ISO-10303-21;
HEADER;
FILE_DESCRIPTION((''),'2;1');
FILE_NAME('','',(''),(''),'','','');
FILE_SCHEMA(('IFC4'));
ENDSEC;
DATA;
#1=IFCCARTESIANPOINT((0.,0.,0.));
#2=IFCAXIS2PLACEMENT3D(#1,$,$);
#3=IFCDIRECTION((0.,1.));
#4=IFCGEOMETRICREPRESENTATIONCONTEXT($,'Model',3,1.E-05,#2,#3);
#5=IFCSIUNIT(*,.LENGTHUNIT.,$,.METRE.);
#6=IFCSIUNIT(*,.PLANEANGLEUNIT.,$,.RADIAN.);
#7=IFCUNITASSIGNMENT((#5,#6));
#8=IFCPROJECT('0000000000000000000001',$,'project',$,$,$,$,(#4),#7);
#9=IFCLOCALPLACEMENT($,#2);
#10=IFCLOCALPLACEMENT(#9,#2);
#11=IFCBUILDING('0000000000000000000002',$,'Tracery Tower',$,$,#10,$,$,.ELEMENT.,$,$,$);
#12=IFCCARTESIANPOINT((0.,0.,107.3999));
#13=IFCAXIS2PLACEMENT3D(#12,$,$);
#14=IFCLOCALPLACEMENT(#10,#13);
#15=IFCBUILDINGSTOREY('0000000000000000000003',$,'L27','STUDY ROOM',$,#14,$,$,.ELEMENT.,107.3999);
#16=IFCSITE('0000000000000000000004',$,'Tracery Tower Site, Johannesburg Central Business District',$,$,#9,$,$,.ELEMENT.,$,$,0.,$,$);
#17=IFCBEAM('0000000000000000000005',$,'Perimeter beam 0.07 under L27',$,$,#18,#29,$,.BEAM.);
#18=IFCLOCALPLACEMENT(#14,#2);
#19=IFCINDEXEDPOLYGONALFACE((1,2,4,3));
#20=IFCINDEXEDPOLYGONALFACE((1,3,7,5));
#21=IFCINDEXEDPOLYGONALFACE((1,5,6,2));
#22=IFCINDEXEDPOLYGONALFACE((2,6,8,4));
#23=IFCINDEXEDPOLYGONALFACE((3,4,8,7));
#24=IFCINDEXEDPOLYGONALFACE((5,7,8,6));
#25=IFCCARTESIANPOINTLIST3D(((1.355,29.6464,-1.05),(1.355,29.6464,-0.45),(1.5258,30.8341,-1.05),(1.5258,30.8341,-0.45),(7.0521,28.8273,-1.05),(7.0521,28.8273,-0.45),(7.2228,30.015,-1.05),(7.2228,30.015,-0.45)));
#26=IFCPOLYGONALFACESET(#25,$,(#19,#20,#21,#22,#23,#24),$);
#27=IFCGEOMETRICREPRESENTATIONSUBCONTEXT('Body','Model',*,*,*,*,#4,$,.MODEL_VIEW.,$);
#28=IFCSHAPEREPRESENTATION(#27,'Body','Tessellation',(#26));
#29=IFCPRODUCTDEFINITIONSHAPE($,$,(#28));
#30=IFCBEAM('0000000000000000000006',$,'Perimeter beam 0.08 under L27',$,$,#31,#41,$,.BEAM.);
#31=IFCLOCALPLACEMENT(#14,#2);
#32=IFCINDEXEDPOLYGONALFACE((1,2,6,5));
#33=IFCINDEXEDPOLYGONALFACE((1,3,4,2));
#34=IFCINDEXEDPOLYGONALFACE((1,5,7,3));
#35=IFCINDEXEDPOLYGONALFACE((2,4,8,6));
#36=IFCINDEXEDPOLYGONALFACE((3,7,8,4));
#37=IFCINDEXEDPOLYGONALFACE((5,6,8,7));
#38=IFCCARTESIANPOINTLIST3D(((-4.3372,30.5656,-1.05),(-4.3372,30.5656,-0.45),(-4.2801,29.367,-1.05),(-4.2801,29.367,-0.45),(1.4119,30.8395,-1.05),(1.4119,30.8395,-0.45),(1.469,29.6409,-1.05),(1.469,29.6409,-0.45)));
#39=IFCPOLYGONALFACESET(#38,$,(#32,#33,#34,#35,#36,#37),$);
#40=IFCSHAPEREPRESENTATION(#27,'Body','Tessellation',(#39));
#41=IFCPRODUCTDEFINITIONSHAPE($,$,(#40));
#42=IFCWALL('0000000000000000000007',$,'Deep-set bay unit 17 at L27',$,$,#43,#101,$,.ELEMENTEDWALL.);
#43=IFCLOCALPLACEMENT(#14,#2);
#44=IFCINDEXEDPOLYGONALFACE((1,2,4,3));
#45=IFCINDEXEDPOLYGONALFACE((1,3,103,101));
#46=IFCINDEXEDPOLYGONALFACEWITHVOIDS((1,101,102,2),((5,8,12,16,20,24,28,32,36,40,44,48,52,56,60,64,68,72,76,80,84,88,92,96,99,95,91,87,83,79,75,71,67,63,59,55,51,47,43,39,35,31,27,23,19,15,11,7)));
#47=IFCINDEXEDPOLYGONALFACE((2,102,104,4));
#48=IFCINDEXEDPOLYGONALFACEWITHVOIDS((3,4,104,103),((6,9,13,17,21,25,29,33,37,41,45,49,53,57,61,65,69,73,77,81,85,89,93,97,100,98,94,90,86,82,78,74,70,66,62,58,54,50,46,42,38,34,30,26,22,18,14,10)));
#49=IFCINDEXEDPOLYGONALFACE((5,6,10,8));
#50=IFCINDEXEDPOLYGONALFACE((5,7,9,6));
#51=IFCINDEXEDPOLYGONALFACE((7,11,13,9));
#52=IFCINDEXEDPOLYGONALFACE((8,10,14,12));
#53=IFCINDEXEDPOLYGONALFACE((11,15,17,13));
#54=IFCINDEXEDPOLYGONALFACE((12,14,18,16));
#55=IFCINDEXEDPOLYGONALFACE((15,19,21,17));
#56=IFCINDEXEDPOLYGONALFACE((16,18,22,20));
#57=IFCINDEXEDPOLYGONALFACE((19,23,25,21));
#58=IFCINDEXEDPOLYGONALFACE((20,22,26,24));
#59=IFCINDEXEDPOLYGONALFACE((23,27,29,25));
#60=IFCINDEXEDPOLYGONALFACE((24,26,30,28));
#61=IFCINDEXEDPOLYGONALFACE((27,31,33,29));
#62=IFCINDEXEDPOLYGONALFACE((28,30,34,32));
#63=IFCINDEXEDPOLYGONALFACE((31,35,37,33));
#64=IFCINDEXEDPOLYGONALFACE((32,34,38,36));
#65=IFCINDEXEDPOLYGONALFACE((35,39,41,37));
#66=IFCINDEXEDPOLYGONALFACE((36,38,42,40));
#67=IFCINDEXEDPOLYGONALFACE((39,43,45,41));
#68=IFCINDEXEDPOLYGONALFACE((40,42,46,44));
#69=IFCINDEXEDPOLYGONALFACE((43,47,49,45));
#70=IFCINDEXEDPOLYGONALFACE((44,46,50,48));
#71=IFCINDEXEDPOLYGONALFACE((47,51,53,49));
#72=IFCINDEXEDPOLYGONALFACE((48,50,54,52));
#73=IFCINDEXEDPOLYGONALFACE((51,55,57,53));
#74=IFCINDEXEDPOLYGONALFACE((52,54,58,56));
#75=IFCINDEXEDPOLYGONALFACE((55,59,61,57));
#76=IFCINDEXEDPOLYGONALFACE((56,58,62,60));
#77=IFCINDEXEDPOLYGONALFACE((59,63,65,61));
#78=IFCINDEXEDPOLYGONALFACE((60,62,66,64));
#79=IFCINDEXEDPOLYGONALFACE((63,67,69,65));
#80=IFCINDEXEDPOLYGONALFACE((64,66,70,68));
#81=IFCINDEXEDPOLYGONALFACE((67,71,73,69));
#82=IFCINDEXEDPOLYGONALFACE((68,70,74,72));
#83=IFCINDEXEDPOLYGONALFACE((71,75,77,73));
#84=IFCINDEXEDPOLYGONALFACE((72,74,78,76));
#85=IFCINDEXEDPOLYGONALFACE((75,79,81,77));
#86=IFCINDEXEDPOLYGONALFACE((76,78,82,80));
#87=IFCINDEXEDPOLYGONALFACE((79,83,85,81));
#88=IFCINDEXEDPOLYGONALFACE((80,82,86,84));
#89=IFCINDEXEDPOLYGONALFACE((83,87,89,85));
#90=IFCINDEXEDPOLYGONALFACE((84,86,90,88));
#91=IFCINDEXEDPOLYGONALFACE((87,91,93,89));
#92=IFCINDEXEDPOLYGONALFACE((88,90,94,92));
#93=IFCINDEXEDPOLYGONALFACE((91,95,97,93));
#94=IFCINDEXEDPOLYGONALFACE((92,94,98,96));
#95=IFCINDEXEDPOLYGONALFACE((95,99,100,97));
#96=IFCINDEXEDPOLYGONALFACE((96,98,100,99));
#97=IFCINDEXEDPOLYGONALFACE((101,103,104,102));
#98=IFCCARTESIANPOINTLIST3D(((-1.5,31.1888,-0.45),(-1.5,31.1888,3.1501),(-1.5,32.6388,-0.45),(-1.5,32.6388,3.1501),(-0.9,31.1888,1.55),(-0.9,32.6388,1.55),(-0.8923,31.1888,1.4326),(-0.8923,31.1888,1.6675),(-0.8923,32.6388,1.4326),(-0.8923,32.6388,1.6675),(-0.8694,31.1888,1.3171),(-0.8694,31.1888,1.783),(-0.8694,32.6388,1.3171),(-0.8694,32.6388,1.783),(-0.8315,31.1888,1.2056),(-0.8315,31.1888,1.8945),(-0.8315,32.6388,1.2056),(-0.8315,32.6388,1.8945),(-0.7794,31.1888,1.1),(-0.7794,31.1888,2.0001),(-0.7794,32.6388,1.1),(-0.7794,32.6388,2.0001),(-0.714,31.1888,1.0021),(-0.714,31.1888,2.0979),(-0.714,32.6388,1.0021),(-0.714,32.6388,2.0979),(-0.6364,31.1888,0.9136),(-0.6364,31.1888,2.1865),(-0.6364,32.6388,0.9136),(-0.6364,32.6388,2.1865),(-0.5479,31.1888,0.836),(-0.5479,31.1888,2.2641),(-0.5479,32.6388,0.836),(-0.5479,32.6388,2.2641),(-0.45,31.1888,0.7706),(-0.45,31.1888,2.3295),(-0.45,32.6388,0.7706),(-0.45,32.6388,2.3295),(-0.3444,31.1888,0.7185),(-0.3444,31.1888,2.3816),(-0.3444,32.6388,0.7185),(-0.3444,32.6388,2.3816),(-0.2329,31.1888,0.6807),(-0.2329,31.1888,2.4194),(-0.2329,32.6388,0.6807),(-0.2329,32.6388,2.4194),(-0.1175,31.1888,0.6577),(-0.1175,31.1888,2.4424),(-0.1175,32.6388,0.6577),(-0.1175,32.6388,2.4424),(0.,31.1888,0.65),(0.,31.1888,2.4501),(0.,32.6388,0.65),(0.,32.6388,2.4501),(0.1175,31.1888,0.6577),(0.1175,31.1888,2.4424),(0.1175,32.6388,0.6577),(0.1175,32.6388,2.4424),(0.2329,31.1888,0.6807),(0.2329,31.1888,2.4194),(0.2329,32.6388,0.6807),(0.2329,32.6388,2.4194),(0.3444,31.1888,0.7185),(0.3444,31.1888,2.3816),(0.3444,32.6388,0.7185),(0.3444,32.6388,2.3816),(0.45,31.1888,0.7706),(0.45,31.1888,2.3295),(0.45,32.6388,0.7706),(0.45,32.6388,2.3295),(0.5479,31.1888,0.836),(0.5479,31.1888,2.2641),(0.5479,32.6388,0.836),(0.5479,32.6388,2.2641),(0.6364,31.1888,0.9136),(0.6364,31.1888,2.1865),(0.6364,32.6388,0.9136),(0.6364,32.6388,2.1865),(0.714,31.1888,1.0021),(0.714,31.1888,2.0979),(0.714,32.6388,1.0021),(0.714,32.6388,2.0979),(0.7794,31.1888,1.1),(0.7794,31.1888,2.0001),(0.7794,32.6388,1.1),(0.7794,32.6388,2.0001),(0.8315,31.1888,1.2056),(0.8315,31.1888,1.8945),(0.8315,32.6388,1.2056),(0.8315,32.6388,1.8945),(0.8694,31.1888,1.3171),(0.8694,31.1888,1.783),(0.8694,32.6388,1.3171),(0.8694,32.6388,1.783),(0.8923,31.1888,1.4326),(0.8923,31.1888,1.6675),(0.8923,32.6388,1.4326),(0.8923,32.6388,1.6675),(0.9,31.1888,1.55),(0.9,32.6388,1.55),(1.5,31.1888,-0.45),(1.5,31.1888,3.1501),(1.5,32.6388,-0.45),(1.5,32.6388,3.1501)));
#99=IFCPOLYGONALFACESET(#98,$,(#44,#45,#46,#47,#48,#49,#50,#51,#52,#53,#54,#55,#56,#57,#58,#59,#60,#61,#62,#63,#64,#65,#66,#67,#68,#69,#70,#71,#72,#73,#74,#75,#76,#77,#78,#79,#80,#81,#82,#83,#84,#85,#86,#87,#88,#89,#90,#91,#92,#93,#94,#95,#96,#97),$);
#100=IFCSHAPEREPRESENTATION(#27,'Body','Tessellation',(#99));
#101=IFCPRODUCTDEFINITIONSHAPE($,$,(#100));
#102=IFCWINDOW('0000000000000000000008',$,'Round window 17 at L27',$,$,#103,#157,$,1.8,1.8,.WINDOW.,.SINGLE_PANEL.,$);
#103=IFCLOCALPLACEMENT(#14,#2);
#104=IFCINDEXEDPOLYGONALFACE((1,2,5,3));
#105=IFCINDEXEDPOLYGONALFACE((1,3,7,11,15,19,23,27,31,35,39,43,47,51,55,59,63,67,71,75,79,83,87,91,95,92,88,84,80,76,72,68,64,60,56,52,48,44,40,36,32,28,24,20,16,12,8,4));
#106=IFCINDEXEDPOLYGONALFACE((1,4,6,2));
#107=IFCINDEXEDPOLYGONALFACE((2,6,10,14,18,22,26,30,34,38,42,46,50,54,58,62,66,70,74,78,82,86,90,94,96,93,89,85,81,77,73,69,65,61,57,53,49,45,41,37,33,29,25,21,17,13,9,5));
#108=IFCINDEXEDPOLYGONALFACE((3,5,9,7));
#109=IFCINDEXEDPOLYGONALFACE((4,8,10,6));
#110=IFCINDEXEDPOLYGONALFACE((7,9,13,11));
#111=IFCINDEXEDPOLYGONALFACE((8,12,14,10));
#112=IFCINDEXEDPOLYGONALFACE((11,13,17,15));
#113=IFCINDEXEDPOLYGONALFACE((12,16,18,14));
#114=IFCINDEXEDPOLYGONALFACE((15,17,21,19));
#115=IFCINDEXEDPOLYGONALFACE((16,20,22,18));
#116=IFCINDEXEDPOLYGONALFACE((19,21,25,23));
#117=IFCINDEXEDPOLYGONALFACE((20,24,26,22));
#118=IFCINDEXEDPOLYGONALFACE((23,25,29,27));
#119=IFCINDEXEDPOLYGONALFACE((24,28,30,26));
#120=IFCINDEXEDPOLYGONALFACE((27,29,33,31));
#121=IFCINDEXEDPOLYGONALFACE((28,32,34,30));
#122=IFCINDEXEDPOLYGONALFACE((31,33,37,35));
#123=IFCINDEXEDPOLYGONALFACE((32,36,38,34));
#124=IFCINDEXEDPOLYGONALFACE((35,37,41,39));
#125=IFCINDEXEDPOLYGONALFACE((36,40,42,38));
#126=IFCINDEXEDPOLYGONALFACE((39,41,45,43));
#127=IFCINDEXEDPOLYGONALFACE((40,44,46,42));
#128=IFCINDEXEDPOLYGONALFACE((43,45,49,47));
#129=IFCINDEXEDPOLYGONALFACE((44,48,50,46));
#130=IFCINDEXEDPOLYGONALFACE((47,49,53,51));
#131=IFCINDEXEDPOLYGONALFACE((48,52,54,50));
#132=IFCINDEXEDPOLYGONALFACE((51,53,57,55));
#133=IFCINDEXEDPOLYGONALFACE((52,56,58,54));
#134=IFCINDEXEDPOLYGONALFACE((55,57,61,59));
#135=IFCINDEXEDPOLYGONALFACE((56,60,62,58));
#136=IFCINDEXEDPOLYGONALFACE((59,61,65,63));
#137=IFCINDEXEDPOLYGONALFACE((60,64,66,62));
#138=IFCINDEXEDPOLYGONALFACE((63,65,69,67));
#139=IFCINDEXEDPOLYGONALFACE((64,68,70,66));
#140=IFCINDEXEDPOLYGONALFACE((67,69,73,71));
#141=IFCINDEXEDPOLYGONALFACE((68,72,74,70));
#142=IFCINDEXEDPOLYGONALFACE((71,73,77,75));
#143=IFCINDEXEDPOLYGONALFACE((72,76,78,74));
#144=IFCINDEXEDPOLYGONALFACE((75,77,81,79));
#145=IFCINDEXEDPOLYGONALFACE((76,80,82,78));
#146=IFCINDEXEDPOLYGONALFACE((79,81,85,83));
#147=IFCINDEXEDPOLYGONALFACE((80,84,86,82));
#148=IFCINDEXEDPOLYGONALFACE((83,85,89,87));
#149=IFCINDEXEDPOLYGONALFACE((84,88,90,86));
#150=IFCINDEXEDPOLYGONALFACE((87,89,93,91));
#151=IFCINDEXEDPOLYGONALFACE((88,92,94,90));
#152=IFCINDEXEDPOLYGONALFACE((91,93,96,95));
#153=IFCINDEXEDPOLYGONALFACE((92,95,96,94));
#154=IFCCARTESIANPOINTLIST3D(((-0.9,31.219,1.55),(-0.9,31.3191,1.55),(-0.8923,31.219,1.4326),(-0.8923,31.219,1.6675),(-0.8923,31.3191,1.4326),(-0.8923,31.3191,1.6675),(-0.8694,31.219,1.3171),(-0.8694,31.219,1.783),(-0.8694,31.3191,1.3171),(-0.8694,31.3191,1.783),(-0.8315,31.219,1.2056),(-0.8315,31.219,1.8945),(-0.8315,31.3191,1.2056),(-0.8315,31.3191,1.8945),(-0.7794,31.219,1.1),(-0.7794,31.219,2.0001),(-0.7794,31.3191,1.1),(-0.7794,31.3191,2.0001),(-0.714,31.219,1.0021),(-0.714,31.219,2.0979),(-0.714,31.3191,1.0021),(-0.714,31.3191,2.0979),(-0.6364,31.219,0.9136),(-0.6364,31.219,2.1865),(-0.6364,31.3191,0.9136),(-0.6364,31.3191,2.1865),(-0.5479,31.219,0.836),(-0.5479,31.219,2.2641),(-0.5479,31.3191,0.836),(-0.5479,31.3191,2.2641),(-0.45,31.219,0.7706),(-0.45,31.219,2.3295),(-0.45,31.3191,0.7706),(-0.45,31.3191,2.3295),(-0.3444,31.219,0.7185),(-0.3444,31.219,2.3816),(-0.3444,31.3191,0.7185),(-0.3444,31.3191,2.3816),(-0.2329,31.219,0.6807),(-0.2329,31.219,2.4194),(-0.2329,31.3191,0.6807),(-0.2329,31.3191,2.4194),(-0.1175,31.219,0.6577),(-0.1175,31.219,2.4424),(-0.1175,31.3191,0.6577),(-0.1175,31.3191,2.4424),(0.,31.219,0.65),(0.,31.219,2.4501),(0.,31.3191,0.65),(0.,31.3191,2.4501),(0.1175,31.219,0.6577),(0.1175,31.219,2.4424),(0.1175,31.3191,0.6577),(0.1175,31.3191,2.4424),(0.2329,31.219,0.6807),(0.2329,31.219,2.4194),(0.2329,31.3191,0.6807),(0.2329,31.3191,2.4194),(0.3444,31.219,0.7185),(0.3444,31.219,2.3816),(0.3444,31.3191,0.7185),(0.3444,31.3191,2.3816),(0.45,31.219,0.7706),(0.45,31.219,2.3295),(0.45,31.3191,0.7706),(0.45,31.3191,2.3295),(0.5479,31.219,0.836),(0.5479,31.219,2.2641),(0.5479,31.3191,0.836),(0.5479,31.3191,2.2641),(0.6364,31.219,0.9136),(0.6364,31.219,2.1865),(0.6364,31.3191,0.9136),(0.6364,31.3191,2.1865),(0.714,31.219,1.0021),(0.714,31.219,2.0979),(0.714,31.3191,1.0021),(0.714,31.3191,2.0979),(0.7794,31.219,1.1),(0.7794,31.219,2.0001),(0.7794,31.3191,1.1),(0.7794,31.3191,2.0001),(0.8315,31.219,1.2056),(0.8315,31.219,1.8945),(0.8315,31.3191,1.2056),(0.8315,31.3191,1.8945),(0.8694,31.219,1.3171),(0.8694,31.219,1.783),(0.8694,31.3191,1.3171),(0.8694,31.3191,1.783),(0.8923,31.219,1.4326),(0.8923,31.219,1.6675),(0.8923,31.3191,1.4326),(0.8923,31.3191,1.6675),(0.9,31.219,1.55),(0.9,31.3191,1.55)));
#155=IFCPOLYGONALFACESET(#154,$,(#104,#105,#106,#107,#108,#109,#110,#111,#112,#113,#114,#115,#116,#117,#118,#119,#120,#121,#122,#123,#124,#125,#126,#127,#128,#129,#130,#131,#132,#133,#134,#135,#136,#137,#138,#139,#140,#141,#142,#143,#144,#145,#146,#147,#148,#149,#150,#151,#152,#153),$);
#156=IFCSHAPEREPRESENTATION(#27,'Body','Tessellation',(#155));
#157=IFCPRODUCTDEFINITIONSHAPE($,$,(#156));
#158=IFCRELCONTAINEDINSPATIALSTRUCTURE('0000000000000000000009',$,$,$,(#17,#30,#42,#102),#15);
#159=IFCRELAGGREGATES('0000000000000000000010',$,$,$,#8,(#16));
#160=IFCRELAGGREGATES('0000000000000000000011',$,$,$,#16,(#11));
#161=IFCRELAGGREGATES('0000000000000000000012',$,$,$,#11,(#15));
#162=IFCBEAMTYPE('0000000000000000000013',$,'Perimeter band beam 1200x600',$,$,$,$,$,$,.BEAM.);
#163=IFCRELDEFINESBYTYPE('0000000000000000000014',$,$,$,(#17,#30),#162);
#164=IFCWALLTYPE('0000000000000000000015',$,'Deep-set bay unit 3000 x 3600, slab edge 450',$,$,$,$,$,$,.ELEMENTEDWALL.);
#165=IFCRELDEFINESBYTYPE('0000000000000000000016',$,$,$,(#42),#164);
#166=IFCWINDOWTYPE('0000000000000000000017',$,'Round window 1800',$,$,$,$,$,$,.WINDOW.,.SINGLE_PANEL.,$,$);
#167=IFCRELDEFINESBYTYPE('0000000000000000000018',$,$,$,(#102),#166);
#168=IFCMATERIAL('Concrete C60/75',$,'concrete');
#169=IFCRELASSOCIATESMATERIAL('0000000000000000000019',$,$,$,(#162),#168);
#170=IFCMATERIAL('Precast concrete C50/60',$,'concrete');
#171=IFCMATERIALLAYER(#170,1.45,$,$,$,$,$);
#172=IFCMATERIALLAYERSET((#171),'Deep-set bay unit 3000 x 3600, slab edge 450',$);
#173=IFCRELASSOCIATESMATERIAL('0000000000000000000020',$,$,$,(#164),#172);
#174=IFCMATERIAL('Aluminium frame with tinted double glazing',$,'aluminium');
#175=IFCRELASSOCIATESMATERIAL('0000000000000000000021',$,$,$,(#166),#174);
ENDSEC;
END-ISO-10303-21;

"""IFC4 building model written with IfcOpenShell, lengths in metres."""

from ifc_helpers import new_model, si_unit, direction, frame, frame_2d, origin, origin_2d, place, context, subcontext, project, spatial, rectangle, circle, extrude, material, layer, layer_set, material_profile, profile_set, type_object, element, fill, save


model = new_model("IFC4")

# Units and contexts
model_context = context("Model", 3, precision=1e-05, world=origin(), true_north=direction((0.0, 1.0)))
body_context = subcontext(model_context, "Body", "Model", "MODEL_VIEW")
ifc_project = project(units=[si_unit("LENGTHUNIT", "METRE"), si_unit("PLANEANGLEUNIT", "RADIAN")], contexts=[model_context])

# Site, building, storey
site_placement = place(None, origin())
site = spatial("IfcSite", under=ifc_project, at=site_placement, Name="Tracery Tower Site, Johannesburg Central Business District", CompositionType="ELEMENT", RefElevation=0.0)
building_placement = place(site_placement, origin())
building = spatial("IfcBuilding", under=site, at=building_placement, Name="Tracery Tower", CompositionType="ELEMENT")
storey_placement = place(building_placement, frame((0.0, 0.0, 107.3999)))
storey = spatial("IfcBuildingStorey", under=building, at=storey_placement, Name="L27", Description="STUDY ROOM", CompositionType="ELEMENT", Elevation=107.3999)

# Beams
ifc_material_1 = material(Name="Concrete C60/75", Category="concrete")
ifc_material_profile_1 = material_profile(ifc_material_1, rectangle(XDim=1.2, YDim=0.6001, at=origin_2d()), Name="RC 1200x600")
ifc_profile_set_1 = profile_set([ifc_material_profile_1], Name="Concrete C60/75")
beam_type = type_object("IfcBeamType", Name="Perimeter band beam 1200x600", PredefinedType="BEAM", material=ifc_profile_set_1)
for number, where, z_axis, x_axis, name in (
    (1, (7.1375, 29.4211, -0.75), (-0.989822, 0.142312, 0.0), (-0.142312, -0.989822, 0.0), "Perimeter beam 0.07 under L27"),
    (2, (1.4404, 30.2402, -0.75), (-0.998867, -0.047593, 0.0), (0.047593, -0.998867, 0.0), "Perimeter beam 0.08 under L27"),
):
    element("IfcBeam", number, at=place(storey_placement, frame(where, z_axis=z_axis, x_axis=x_axis)), inside=storey, type_object=beam_type, Name=name, PredefinedType="BEAM", context=body_context, shape_type="SweptSolid", body=[
        extrude(rectangle(XDim=1.2, YDim=0.6001, at=origin_2d()), origin(), (0.0, 0.0, 1.0), 5.7556),
    ])

# Wall, opening, window
ifc_material_2 = material(Name="Precast concrete C50/60", Category="concrete")
ifc_layer_1 = layer(ifc_material_2, 1.45)
ifc_layer_set_1 = layer_set([ifc_layer_1], Name="Deep-set bay unit 3000 x 3600, slab edge 450")
wall_type_1 = type_object("IfcWallType", Name="Deep-set bay unit 3000 x 3600, slab edge 450", PredefinedType="ELEMENTEDWALL", material=ifc_layer_set_1)
wall_1_placement = place(storey_placement, frame((1.5, 31.9138, -0.45), z_axis=(0.0, 0.0, 1.0), x_axis=(-1.0, 0.0, 0.0)))
wall_1 = element("IfcWall", 3, at=wall_1_placement, inside=storey, type_object=wall_type_1, Name="Deep-set bay unit 17 at L27", PredefinedType="ELEMENTEDWALL", context=body_context, shape_type="SweptSolid", body=[
    extrude(rectangle(XDim=3.0, YDim=1.45, at=frame_2d((1.5, 0.0))), origin(), (0.0, 0.0, 1.0), 3.6001),
])
opening_1_placement = place(wall_1_placement, frame((1.5, 0.0, 2.0)))
opening_1 = element("IfcOpeningElement", 4, at=opening_1_placement, cuts=wall_1, PredefinedType="OPENING", context=body_context, shape_type="SweptSolid", body=[
    extrude(circle(Radius=0.9, at=origin_2d()), frame((0.0, 0.7349, 0.0), z_axis=(0.0, -1.0, 0.0), x_axis=(1.0, 0.0, 0.0)), (0.0, 0.0, 1.0), 1.47),
])
ifc_material_3 = material(Name="Aluminium frame with tinted double glazing", Category="aluminium")
window_type = type_object("IfcWindowType", Name="Round window 1800", PartitioningType="SINGLE_PANEL", PredefinedType="WINDOW", material=ifc_material_3)
window_1_placement = place(opening_1_placement, origin())
window_1 = element("IfcWindow", 5, at=window_1_placement, inside=storey, type_object=window_type, Name="Round window 17 at L27", OverallHeight=1.8, OverallWidth=1.8, PartitioningType="SINGLE_PANEL", PredefinedType="WINDOW", context=body_context, shape_type="SweptSolid", body=[
    extrude(circle(Radius=0.9, at=origin_2d()), frame((0.0, 0.6948, 0.0), z_axis=(0.0, -1.0, 0.0), x_axis=(1.0, 0.0, 0.0)), (0.0, 0.0, 1.0), 0.1001),
])
fill(opening_1, window_1)

save(model, "model.ifc")
